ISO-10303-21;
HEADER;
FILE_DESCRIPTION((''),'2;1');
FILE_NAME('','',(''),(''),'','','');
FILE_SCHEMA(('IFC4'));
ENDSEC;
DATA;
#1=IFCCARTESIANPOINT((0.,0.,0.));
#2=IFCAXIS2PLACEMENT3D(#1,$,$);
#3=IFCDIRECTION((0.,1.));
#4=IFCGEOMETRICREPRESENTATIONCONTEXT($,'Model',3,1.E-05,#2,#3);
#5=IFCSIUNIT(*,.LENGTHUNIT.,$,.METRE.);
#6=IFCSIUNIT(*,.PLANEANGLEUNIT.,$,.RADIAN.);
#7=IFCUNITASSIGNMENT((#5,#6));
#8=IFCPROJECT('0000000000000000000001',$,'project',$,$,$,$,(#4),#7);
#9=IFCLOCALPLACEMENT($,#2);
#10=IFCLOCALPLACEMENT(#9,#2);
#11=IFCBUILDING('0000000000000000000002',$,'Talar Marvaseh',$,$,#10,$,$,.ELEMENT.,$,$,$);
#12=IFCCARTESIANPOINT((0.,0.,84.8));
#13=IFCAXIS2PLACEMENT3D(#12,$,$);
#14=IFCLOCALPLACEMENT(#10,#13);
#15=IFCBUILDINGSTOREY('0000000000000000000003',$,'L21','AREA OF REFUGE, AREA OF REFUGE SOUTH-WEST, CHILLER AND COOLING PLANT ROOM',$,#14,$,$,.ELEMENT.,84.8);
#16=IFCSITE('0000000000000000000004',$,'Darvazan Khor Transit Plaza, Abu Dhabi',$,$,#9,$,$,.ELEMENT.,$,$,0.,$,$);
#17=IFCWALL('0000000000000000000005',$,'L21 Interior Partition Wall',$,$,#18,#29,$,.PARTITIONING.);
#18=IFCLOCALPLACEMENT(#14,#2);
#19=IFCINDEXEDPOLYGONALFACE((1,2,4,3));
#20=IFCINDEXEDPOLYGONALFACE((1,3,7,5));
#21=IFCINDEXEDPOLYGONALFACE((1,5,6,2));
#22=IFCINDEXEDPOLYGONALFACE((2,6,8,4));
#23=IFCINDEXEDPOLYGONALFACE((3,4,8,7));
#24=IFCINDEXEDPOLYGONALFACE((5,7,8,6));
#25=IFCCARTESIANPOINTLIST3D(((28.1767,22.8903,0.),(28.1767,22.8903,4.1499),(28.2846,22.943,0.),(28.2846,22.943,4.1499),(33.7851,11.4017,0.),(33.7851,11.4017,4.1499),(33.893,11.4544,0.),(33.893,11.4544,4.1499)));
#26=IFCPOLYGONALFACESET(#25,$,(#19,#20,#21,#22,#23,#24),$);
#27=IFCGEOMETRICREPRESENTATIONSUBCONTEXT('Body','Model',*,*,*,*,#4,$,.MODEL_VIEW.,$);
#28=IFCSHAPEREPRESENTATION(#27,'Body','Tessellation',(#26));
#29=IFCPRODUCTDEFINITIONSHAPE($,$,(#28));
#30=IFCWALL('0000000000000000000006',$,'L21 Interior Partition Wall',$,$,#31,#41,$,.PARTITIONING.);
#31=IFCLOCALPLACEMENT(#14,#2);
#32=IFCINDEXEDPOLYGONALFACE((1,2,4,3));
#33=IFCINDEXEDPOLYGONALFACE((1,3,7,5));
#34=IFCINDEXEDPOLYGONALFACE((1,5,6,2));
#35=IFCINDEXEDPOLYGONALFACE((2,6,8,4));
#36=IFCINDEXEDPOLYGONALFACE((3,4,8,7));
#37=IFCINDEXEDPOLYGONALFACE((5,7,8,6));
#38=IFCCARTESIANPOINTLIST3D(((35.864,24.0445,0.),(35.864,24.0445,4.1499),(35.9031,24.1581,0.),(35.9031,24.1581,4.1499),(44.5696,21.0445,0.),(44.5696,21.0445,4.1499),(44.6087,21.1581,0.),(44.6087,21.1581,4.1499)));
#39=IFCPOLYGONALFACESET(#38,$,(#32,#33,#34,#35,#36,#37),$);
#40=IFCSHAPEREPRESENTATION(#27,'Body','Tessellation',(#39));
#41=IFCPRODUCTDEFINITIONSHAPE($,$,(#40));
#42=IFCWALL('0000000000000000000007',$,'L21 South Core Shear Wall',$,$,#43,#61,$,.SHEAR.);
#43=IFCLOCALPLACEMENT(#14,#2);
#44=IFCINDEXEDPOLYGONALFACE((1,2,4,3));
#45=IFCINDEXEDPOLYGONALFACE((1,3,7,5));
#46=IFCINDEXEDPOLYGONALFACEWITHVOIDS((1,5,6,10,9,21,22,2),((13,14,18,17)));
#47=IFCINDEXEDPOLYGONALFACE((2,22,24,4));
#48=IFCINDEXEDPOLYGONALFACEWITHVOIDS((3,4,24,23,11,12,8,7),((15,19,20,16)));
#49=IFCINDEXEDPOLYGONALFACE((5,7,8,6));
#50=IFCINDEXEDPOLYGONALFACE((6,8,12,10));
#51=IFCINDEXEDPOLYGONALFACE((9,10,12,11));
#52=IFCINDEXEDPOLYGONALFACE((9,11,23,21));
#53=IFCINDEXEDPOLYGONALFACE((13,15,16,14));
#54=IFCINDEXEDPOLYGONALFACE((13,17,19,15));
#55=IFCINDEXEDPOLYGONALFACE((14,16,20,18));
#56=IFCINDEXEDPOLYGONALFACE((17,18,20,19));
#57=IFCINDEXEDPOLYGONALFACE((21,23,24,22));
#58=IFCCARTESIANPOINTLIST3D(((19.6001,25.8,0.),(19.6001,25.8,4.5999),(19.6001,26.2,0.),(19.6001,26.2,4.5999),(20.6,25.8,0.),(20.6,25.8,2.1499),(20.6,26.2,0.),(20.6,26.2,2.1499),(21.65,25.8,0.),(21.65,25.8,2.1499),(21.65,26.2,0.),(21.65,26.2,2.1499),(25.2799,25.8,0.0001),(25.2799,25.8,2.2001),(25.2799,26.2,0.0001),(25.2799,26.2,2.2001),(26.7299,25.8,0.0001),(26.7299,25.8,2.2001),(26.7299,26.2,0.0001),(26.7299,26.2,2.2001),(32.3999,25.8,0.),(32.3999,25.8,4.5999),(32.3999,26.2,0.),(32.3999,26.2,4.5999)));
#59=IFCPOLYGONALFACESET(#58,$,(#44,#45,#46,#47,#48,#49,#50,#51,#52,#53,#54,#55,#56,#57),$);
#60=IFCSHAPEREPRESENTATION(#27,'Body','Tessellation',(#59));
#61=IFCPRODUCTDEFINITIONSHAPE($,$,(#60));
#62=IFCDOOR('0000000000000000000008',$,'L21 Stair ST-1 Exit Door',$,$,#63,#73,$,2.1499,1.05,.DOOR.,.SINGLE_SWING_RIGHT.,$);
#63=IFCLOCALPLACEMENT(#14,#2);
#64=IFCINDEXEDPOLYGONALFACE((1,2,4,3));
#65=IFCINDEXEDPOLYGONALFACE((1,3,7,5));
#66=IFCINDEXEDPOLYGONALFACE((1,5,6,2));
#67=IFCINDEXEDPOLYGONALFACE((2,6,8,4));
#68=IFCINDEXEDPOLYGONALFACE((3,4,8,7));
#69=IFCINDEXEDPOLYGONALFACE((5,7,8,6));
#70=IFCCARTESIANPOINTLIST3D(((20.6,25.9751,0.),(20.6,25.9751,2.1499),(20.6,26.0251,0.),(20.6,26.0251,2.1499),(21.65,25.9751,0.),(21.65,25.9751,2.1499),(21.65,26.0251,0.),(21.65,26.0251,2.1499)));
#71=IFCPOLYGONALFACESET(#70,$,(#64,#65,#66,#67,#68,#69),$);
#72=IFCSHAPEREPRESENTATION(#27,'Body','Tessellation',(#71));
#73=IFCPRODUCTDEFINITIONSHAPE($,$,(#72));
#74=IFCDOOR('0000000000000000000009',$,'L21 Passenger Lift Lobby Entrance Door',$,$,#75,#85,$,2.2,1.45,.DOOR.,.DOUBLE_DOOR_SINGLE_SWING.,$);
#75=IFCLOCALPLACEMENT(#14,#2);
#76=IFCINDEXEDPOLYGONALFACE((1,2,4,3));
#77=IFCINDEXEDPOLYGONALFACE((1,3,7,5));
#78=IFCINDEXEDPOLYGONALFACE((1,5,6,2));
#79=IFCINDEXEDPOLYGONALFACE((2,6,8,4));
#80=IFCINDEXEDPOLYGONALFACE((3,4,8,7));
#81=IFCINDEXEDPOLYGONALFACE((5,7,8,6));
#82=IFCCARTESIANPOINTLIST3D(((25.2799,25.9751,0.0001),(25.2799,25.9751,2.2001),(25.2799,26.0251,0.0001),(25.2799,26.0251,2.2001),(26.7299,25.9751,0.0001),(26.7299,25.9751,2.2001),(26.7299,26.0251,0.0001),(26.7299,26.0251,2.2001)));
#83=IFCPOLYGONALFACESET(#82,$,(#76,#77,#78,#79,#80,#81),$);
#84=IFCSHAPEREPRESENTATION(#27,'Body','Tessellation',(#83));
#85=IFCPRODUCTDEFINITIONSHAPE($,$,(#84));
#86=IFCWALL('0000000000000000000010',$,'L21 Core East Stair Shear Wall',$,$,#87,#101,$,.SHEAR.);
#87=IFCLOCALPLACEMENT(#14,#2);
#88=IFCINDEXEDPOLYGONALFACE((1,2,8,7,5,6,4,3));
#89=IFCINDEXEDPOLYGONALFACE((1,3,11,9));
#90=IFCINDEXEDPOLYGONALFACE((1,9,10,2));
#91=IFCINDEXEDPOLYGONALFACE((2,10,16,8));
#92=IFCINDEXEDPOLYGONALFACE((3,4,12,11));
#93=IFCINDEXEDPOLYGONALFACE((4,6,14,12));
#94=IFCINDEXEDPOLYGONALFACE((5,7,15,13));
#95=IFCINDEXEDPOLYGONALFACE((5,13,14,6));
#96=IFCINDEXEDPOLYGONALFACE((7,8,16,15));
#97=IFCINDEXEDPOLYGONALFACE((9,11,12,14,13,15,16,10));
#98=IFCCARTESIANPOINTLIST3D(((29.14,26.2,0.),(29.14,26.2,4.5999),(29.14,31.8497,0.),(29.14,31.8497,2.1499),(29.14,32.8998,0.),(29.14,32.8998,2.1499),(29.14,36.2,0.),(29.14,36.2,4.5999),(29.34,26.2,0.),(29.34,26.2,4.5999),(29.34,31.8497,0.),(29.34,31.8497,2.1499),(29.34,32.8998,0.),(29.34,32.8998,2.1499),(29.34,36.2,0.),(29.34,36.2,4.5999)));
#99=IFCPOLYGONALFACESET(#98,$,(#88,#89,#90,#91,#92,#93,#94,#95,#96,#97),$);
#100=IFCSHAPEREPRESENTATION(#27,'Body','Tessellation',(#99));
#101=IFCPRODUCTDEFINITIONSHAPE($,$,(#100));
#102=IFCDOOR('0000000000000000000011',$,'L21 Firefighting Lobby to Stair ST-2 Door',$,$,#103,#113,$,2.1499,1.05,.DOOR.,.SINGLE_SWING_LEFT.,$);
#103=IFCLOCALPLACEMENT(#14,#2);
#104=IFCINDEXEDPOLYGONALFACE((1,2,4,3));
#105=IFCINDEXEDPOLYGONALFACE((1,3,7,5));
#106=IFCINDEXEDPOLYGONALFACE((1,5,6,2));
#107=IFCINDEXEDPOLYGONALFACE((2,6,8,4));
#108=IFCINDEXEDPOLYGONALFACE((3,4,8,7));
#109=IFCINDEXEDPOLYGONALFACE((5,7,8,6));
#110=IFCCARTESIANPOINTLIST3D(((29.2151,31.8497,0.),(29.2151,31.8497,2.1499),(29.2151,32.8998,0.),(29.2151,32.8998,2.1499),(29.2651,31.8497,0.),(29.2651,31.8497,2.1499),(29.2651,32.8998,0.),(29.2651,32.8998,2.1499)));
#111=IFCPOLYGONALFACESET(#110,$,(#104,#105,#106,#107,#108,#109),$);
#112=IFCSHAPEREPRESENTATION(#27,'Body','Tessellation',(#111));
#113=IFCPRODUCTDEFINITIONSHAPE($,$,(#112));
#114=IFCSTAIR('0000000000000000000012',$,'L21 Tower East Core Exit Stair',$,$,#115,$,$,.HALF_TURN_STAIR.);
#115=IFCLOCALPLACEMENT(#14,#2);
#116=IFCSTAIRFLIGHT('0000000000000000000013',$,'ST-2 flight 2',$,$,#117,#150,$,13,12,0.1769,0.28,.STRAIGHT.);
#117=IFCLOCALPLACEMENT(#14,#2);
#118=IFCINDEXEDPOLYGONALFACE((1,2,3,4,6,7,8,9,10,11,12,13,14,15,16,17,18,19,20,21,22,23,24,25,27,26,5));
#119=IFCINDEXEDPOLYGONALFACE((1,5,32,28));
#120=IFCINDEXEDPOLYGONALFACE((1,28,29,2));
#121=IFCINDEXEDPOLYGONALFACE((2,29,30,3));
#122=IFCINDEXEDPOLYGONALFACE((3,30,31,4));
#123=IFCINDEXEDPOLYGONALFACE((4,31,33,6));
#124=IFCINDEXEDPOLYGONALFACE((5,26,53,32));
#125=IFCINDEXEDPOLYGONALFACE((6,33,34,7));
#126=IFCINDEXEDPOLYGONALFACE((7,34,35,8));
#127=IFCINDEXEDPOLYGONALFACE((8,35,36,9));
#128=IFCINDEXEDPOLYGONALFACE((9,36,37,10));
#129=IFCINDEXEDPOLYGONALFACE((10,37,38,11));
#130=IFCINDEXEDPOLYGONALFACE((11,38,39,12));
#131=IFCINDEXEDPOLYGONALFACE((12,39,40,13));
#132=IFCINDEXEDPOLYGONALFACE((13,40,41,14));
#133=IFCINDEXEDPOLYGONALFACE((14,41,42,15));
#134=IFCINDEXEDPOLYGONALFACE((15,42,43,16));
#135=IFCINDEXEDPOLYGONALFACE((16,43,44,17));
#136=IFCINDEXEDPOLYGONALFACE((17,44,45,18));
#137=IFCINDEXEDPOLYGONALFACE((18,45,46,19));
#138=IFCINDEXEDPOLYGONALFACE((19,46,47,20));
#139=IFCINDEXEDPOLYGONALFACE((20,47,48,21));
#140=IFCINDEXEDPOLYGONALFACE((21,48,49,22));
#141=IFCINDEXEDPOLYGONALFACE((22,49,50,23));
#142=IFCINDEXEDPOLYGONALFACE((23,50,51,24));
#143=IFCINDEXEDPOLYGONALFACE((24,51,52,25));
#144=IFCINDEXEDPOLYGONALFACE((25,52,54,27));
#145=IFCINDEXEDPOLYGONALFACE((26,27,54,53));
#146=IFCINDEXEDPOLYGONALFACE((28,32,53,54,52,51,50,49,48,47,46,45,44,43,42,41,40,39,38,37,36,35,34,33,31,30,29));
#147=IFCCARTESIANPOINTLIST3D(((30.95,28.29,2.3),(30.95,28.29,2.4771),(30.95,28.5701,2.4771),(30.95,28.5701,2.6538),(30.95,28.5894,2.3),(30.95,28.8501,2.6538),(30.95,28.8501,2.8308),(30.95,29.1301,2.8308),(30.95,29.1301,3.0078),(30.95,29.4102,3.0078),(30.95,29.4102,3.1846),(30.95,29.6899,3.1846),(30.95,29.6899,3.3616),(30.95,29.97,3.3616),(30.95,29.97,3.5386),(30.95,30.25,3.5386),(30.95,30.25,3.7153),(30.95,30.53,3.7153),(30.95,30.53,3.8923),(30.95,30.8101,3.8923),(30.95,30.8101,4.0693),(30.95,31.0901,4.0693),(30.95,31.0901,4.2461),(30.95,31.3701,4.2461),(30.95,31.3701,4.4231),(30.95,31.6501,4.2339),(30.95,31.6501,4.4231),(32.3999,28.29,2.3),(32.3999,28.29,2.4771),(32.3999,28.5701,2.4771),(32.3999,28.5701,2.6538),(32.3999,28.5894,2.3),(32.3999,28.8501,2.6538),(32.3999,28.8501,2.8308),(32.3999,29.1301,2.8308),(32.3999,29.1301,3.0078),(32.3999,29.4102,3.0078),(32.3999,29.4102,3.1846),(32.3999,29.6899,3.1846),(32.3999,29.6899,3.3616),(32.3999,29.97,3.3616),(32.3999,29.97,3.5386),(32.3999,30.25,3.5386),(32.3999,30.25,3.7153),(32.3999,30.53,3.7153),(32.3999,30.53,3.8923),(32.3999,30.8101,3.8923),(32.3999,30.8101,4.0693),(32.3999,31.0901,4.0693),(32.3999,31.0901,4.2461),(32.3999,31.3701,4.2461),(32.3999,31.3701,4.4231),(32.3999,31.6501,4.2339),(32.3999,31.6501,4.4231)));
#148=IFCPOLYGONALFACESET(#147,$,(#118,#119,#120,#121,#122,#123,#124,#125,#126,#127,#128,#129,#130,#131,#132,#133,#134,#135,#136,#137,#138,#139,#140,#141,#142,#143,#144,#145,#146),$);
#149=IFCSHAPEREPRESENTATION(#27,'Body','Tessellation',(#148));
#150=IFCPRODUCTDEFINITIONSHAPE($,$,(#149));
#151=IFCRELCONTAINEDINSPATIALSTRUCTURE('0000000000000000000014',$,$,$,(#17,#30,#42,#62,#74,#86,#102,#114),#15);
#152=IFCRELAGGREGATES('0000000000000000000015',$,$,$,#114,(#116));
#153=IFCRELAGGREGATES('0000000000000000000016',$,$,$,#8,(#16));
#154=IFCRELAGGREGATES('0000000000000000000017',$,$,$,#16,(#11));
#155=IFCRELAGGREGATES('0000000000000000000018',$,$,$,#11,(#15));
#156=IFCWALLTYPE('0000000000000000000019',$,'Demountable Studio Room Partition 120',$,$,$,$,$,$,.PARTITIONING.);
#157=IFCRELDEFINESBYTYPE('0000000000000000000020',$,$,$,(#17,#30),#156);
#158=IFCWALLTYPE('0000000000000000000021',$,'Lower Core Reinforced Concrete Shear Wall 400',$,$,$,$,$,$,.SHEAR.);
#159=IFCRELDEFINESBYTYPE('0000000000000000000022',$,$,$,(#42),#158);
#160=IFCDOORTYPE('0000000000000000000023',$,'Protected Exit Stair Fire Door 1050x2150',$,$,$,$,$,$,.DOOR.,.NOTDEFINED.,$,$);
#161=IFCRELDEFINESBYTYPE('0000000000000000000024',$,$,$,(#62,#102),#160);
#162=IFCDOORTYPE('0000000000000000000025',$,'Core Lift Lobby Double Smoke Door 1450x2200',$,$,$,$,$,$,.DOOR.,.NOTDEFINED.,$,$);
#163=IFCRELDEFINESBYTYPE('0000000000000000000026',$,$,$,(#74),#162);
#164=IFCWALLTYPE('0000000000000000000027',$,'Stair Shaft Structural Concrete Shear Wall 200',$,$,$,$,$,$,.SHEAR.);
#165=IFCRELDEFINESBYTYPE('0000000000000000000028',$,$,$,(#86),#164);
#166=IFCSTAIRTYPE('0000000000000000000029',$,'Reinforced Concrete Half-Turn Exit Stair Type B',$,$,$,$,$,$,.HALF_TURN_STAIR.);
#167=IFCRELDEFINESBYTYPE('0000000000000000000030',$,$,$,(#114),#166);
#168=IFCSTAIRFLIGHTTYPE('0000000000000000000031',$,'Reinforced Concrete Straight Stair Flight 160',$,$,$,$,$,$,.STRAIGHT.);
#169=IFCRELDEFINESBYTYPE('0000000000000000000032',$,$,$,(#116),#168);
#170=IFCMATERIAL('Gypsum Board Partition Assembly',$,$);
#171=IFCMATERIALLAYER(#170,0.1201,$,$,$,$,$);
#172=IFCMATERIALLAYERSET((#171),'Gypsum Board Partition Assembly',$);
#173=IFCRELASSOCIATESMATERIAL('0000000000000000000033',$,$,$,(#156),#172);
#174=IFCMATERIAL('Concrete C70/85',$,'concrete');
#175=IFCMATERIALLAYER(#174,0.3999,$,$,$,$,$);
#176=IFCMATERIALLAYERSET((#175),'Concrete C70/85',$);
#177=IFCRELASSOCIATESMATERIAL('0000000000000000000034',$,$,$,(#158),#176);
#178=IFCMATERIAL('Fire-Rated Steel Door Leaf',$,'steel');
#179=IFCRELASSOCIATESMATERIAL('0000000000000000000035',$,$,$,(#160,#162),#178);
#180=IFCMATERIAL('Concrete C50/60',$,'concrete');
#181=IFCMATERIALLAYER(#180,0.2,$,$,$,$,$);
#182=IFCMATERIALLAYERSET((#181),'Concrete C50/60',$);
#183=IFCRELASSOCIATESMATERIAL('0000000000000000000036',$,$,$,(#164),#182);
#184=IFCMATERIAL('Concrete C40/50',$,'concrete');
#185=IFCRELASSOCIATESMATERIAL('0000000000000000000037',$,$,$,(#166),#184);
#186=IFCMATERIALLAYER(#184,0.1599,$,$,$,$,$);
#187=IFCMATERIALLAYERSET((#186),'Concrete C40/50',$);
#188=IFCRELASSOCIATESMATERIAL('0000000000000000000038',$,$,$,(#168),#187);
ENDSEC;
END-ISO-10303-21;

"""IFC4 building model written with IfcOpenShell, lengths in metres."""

from ifc_helpers import new_model, si_unit, direction, frame, frame_2d, origin, place, context, subcontext, project, spatial, polyline, rectangle, outline, extrude, source, transform, mapped, material, layer, layer_set, type_object, type_shapes, element, fill, aggregate, save


model = new_model("IFC4")

# Units and contexts
model_context = context("Model", 3, precision=1e-05, world=origin(), true_north=direction((0.0, 1.0)))
body_context = subcontext(model_context, "Body", "Model", "MODEL_VIEW")
ifc_project = project(units=[si_unit("LENGTHUNIT", "METRE"), si_unit("PLANEANGLEUNIT", "RADIAN")], contexts=[model_context])

# Site, building, storey
site_placement = place(None, origin())
site = spatial("IfcSite", under=ifc_project, at=site_placement, Name="Darvazan Khor Transit Plaza, Abu Dhabi", CompositionType="ELEMENT", RefElevation=0.0)
building_placement = place(site_placement, origin())
building = spatial("IfcBuilding", under=site, at=building_placement, Name="Talar Marvaseh", CompositionType="ELEMENT")
storey_placement = place(building_placement, frame((0.0, 0.0, 84.8)))
storey = spatial("IfcBuildingStorey", under=building, at=storey_placement, Name="L21", Description="AREA OF REFUGE, AREA OF REFUGE SOUTH-WEST, CHILLER AND COOLING PLANT ROOM", CompositionType="ELEMENT", Elevation=84.8)

# Shared definitions
ifc_material_1 = material(Name="Concrete C70/85", Category="concrete")

# Shared definitions
ifc_material_2 = material(Name="Gypsum Board Partition Assembly")

# Walls
ifc_layer_1 = layer(ifc_material_2, 0.1201)
ifc_layer_set_1 = layer_set([ifc_layer_1], Name="Gypsum Board Partition Assembly")
wall_type_1 = type_object("IfcWallType", Name="Demountable Studio Room Partition 120", PredefinedType="PARTITIONING", material=ifc_layer_set_1)
wall_1_placement = place(storey_placement, frame((28.2307, 22.9165, 0.0), z_axis=(0.0, 0.0, 1.0), x_axis=(0.438691, -0.898638, 0.0)))
element("IfcWall", 1, at=wall_1_placement, inside=storey, type_object=wall_type_1, Name="L21 Interior Partition Wall", PredefinedType="PARTITIONING", context=body_context, shape_type="SweptSolid", body=[
    extrude(rectangle(XDim=12.7844, YDim=0.1201, at=frame_2d((6.3921, 0.0))), origin(), (0.0, 0.0, 1.0), 4.1499),
])
wall_2_placement = place(storey_placement, frame((35.8835, 24.1013, 0.0), z_axis=(0.0, 0.0, 1.0), x_axis=(0.945437, -0.325804, 0.0)))
element("IfcWall", 2, at=wall_2_placement, inside=storey, type_object=wall_type_1, Name="L21 Interior Partition Wall", PredefinedType="PARTITIONING", context=body_context, shape_type="SweptSolid", body=[
    extrude(rectangle(XDim=9.208, YDim=0.1201, at=frame_2d((4.604, 0.0))), origin(), (0.0, 0.0, 1.0), 4.1499),
])

# Wall, openings, doors
ifc_layer_2 = layer(ifc_material_1, 0.3999)
ifc_layer_set_2 = layer_set([ifc_layer_2], Name="Concrete C70/85")
wall_type_2 = type_object("IfcWallType", Name="Lower Core Reinforced Concrete Shear Wall 400", PredefinedType="SHEAR", material=ifc_layer_set_2)
wall_3_placement = place(storey_placement, frame((32.3999, 26.0, 0.0), z_axis=(0.0, 0.0, 1.0), x_axis=(-1.0, 0.0, 0.0)))
wall_3 = element("IfcWall", 3, at=wall_3_placement, inside=storey, type_object=wall_type_2, Name="L21 South Core Shear Wall", PredefinedType="SHEAR", context=body_context, shape_type="SweptSolid", body=[
    extrude(rectangle(XDim=12.7998, YDim=0.3999, at=frame_2d((6.3999, 0.0))), origin(), (0.0, 0.0, 1.0), 4.5999),
])
opening_1_placement = place(wall_3_placement, frame((10.75, 0.0, 0.0)))
opening_1 = element("IfcOpeningElement", 4, at=opening_1_placement, cuts=wall_3, PredefinedType="OPENING", context=body_context, shape_type="SweptSolid", body=[
    extrude(rectangle(XDim=1.05, YDim=2.1499, at=frame_2d((0.5249, 1.075))), frame((0.0, 0.21, 0.0), z_axis=(0.0, -1.0, 0.0), x_axis=(1.0, 0.0, 0.0)), (0.0, 0.0, 1.0), 0.4199),
])
opening_2_placement = place(wall_3_placement, frame((5.6699, 0.0, 0.0)))
opening_2 = element("IfcOpeningElement", 5, at=opening_2_placement, cuts=wall_3, PredefinedType="OPENING", context=body_context, shape_type="SweptSolid", body=[
    extrude(rectangle(XDim=1.45, YDim=2.2, at=frame_2d((0.7251, 1.1001))), frame((0.0, 0.21, 0.0), z_axis=(0.0, -1.0, 0.0), x_axis=(1.0, 0.0, 0.0)), (0.0, 0.0, 1.0), 0.4199),
])
ifc_material_3 = material(Name="Fire-Rated Steel Door Leaf", Category="steel")
door_type_1 = type_object("IfcDoorType", Name="Protected Exit Stair Fire Door 1050x2150", OperationType="NOTDEFINED", PredefinedType="DOOR", material=ifc_material_3)
shared_shape_1 = source(origin(), body_context, "Body", "SweptSolid", [
    extrude(rectangle(XDim=1.05, YDim=2.1499, at=frame_2d((0.5249, 1.075))), frame((0.0, 0.0249, 0.0), z_axis=(0.0, -1.0, 0.0), x_axis=(1.0, 0.0, 0.0)), (0.0, 0.0, 1.0), 0.05),
])
type_shapes(door_type_1, [shared_shape_1])
door_1_placement = place(opening_1_placement, origin())
door_1 = element("IfcDoor", 6, at=door_1_placement, inside=storey, type_object=door_type_1, Name="L21 Stair ST-1 Exit Door", OperationType="SINGLE_SWING_RIGHT", OverallHeight=2.1499, OverallWidth=1.05, PredefinedType="DOOR", context=body_context, shape_type="MappedRepresentation", body=[
    mapped(shared_shape_1, transform((0.0, 0.0, 0.0), x_axis=(1.0, 0.0, 0.0), y_axis=(0.0, 1.0, 0.0), z_axis=(0.0, 0.0, 1.0), scale=1.0)),
])
fill(opening_1, door_1)
door_type_2 = type_object("IfcDoorType", Name="Core Lift Lobby Double Smoke Door 1450x2200", OperationType="NOTDEFINED", PredefinedType="DOOR", material=ifc_material_3)
shared_shape_2 = source(origin(), body_context, "Body", "SweptSolid", [
    extrude(rectangle(XDim=1.45, YDim=2.2, at=frame_2d((0.7251, 1.1001))), frame((0.0, 0.0249, 0.0), z_axis=(0.0, -1.0, 0.0), x_axis=(1.0, 0.0, 0.0)), (0.0, 0.0, 1.0), 0.05),
])
type_shapes(door_type_2, [shared_shape_2])
door_2_placement = place(opening_2_placement, origin())
door_2 = element("IfcDoor", 7, at=door_2_placement, inside=storey, type_object=door_type_2, Name="L21 Passenger Lift Lobby Entrance Door", OperationType="DOUBLE_DOOR_SINGLE_SWING", OverallHeight=2.2, OverallWidth=1.45, PredefinedType="DOOR", context=body_context, shape_type="MappedRepresentation", body=[
    mapped(shared_shape_2, transform((0.0, 0.0, 0.0), x_axis=(1.0, 0.0, 0.0), y_axis=(0.0, 1.0, 0.0), z_axis=(0.0, 0.0, 1.0), scale=1.0)),
])
fill(opening_2, door_2)

# Wall, opening, door
ifc_material_4 = material(Name="Concrete C50/60", Category="concrete")
ifc_layer_3 = layer(ifc_material_4, 0.2)
ifc_layer_set_3 = layer_set([ifc_layer_3], Name="Concrete C50/60")
wall_type_3 = type_object("IfcWallType", Name="Stair Shaft Structural Concrete Shear Wall 200", PredefinedType="SHEAR", material=ifc_layer_set_3)
wall_4_placement = place(storey_placement, frame((29.24, 26.2, 0.0), z_axis=(0.0, 0.0, 1.0), x_axis=(0.0, 1.0, 0.0)))
wall_4 = element("IfcWall", 8, at=wall_4_placement, inside=storey, type_object=wall_type_3, Name="L21 Core East Stair Shear Wall", PredefinedType="SHEAR", context=body_context, shape_type="SweptSolid", body=[
    extrude(rectangle(XDim=10.0, YDim=0.2, at=frame_2d((5.0, 0.0))), origin(), (0.0, 0.0, 1.0), 4.5999),
])
opening_3_placement = place(wall_4_placement, frame((5.6499, 0.0, 0.0)))
opening_3 = element("IfcOpeningElement", 9, at=opening_3_placement, cuts=wall_4, PredefinedType="OPENING", context=body_context, shape_type="SweptSolid", body=[
    extrude(rectangle(XDim=1.05, YDim=2.1499, at=frame_2d((0.5249, 1.075))), frame((0.0, 0.1099, 0.0), z_axis=(0.0, -1.0, 0.0), x_axis=(1.0, 0.0, 0.0)), (0.0, 0.0, 1.0), 0.22),
])
door_3_placement = place(opening_3_placement, origin())
door_3 = element("IfcDoor", 10, at=door_3_placement, inside=storey, type_object=door_type_1, Name="L21 Firefighting Lobby to Stair ST-2 Door", OperationType="SINGLE_SWING_LEFT", OverallHeight=2.1499, OverallWidth=1.05, PredefinedType="DOOR", context=body_context, shape_type="MappedRepresentation", body=[
    mapped(shared_shape_1, transform((0.0, 0.0, 0.0), x_axis=(1.0, 0.0, 0.0), y_axis=(0.0, 1.0, 0.0), z_axis=(0.0, 0.0, 1.0), scale=1.0)),
])
fill(opening_3, door_3)

# Stair, stair flight
ifc_material_5 = material(Name="Concrete C40/50", Category="concrete")
stair_type = type_object("IfcStairType", Name="Reinforced Concrete Half-Turn Exit Stair Type B", PredefinedType="HALF_TURN_STAIR", material=ifc_material_5)
stair_placement = place(storey_placement, origin())
stair = element("IfcStair", 11, at=stair_placement, inside=storey, type_object=stair_type, Name="L21 Tower East Core Exit Stair", PredefinedType="HALF_TURN_STAIR")
ifc_layer_4 = layer(ifc_material_5, 0.1599)
ifc_layer_set_4 = layer_set([ifc_layer_4], Name="Concrete C40/50")
stair_flight_type = type_object("IfcStairFlightType", Name="Reinforced Concrete Straight Stair Flight 160", PredefinedType="STRAIGHT", material=ifc_layer_set_4)
stair_flight_placement = place(storey_placement, frame((31.675, 28.29, 2.3), z_axis=(0.0, 0.0, 1.0), x_axis=(0.0, 1.0, 0.0)))
stair_flight = element("IfcStairFlight", 12, at=stair_flight_placement, type_object=stair_flight_type, Name="ST-2 flight 2", NumberOfRisers=13, NumberOfTreads=12, PredefinedType="STRAIGHT", RiserHeight=0.1769, TreadLength=0.28, context=body_context, shape_type="SweptSolid", body=[
    extrude(outline(polyline([(0.0, 0.0), (0.0, 0.177), (0.28, 0.177), (0.28, 0.3538), (0.5601, 0.3538), (0.5601, 0.5308), (0.8401, 0.5308), (0.8401, 0.7078), (1.1201, 0.7078), (1.1201, 0.8845), (1.3999, 0.8845), (1.3999, 1.0615), (1.6799, 1.0615), (1.6799, 1.2385), (1.96, 1.2385), (1.96, 1.4153), (2.24, 1.4153), (2.24, 1.5923), (2.52, 1.5923), (2.52, 1.7693), (2.8, 1.7693), (2.8, 1.946), (3.0801, 1.946), (3.0801, 2.123), (3.3601, 2.123), (3.3601, 2.3), (3.3601, 1.9338), (0.2993, 0.0), (0.0, 0.0)])), frame((0.0, 0.7251, 0.0), z_axis=(0.0, -1.0, 0.0), x_axis=(1.0, 0.0, 0.0)), (0.0, 0.0, 1.0), 1.45),
])
aggregate(stair, [stair_flight])

save(model, "model.ifc")
